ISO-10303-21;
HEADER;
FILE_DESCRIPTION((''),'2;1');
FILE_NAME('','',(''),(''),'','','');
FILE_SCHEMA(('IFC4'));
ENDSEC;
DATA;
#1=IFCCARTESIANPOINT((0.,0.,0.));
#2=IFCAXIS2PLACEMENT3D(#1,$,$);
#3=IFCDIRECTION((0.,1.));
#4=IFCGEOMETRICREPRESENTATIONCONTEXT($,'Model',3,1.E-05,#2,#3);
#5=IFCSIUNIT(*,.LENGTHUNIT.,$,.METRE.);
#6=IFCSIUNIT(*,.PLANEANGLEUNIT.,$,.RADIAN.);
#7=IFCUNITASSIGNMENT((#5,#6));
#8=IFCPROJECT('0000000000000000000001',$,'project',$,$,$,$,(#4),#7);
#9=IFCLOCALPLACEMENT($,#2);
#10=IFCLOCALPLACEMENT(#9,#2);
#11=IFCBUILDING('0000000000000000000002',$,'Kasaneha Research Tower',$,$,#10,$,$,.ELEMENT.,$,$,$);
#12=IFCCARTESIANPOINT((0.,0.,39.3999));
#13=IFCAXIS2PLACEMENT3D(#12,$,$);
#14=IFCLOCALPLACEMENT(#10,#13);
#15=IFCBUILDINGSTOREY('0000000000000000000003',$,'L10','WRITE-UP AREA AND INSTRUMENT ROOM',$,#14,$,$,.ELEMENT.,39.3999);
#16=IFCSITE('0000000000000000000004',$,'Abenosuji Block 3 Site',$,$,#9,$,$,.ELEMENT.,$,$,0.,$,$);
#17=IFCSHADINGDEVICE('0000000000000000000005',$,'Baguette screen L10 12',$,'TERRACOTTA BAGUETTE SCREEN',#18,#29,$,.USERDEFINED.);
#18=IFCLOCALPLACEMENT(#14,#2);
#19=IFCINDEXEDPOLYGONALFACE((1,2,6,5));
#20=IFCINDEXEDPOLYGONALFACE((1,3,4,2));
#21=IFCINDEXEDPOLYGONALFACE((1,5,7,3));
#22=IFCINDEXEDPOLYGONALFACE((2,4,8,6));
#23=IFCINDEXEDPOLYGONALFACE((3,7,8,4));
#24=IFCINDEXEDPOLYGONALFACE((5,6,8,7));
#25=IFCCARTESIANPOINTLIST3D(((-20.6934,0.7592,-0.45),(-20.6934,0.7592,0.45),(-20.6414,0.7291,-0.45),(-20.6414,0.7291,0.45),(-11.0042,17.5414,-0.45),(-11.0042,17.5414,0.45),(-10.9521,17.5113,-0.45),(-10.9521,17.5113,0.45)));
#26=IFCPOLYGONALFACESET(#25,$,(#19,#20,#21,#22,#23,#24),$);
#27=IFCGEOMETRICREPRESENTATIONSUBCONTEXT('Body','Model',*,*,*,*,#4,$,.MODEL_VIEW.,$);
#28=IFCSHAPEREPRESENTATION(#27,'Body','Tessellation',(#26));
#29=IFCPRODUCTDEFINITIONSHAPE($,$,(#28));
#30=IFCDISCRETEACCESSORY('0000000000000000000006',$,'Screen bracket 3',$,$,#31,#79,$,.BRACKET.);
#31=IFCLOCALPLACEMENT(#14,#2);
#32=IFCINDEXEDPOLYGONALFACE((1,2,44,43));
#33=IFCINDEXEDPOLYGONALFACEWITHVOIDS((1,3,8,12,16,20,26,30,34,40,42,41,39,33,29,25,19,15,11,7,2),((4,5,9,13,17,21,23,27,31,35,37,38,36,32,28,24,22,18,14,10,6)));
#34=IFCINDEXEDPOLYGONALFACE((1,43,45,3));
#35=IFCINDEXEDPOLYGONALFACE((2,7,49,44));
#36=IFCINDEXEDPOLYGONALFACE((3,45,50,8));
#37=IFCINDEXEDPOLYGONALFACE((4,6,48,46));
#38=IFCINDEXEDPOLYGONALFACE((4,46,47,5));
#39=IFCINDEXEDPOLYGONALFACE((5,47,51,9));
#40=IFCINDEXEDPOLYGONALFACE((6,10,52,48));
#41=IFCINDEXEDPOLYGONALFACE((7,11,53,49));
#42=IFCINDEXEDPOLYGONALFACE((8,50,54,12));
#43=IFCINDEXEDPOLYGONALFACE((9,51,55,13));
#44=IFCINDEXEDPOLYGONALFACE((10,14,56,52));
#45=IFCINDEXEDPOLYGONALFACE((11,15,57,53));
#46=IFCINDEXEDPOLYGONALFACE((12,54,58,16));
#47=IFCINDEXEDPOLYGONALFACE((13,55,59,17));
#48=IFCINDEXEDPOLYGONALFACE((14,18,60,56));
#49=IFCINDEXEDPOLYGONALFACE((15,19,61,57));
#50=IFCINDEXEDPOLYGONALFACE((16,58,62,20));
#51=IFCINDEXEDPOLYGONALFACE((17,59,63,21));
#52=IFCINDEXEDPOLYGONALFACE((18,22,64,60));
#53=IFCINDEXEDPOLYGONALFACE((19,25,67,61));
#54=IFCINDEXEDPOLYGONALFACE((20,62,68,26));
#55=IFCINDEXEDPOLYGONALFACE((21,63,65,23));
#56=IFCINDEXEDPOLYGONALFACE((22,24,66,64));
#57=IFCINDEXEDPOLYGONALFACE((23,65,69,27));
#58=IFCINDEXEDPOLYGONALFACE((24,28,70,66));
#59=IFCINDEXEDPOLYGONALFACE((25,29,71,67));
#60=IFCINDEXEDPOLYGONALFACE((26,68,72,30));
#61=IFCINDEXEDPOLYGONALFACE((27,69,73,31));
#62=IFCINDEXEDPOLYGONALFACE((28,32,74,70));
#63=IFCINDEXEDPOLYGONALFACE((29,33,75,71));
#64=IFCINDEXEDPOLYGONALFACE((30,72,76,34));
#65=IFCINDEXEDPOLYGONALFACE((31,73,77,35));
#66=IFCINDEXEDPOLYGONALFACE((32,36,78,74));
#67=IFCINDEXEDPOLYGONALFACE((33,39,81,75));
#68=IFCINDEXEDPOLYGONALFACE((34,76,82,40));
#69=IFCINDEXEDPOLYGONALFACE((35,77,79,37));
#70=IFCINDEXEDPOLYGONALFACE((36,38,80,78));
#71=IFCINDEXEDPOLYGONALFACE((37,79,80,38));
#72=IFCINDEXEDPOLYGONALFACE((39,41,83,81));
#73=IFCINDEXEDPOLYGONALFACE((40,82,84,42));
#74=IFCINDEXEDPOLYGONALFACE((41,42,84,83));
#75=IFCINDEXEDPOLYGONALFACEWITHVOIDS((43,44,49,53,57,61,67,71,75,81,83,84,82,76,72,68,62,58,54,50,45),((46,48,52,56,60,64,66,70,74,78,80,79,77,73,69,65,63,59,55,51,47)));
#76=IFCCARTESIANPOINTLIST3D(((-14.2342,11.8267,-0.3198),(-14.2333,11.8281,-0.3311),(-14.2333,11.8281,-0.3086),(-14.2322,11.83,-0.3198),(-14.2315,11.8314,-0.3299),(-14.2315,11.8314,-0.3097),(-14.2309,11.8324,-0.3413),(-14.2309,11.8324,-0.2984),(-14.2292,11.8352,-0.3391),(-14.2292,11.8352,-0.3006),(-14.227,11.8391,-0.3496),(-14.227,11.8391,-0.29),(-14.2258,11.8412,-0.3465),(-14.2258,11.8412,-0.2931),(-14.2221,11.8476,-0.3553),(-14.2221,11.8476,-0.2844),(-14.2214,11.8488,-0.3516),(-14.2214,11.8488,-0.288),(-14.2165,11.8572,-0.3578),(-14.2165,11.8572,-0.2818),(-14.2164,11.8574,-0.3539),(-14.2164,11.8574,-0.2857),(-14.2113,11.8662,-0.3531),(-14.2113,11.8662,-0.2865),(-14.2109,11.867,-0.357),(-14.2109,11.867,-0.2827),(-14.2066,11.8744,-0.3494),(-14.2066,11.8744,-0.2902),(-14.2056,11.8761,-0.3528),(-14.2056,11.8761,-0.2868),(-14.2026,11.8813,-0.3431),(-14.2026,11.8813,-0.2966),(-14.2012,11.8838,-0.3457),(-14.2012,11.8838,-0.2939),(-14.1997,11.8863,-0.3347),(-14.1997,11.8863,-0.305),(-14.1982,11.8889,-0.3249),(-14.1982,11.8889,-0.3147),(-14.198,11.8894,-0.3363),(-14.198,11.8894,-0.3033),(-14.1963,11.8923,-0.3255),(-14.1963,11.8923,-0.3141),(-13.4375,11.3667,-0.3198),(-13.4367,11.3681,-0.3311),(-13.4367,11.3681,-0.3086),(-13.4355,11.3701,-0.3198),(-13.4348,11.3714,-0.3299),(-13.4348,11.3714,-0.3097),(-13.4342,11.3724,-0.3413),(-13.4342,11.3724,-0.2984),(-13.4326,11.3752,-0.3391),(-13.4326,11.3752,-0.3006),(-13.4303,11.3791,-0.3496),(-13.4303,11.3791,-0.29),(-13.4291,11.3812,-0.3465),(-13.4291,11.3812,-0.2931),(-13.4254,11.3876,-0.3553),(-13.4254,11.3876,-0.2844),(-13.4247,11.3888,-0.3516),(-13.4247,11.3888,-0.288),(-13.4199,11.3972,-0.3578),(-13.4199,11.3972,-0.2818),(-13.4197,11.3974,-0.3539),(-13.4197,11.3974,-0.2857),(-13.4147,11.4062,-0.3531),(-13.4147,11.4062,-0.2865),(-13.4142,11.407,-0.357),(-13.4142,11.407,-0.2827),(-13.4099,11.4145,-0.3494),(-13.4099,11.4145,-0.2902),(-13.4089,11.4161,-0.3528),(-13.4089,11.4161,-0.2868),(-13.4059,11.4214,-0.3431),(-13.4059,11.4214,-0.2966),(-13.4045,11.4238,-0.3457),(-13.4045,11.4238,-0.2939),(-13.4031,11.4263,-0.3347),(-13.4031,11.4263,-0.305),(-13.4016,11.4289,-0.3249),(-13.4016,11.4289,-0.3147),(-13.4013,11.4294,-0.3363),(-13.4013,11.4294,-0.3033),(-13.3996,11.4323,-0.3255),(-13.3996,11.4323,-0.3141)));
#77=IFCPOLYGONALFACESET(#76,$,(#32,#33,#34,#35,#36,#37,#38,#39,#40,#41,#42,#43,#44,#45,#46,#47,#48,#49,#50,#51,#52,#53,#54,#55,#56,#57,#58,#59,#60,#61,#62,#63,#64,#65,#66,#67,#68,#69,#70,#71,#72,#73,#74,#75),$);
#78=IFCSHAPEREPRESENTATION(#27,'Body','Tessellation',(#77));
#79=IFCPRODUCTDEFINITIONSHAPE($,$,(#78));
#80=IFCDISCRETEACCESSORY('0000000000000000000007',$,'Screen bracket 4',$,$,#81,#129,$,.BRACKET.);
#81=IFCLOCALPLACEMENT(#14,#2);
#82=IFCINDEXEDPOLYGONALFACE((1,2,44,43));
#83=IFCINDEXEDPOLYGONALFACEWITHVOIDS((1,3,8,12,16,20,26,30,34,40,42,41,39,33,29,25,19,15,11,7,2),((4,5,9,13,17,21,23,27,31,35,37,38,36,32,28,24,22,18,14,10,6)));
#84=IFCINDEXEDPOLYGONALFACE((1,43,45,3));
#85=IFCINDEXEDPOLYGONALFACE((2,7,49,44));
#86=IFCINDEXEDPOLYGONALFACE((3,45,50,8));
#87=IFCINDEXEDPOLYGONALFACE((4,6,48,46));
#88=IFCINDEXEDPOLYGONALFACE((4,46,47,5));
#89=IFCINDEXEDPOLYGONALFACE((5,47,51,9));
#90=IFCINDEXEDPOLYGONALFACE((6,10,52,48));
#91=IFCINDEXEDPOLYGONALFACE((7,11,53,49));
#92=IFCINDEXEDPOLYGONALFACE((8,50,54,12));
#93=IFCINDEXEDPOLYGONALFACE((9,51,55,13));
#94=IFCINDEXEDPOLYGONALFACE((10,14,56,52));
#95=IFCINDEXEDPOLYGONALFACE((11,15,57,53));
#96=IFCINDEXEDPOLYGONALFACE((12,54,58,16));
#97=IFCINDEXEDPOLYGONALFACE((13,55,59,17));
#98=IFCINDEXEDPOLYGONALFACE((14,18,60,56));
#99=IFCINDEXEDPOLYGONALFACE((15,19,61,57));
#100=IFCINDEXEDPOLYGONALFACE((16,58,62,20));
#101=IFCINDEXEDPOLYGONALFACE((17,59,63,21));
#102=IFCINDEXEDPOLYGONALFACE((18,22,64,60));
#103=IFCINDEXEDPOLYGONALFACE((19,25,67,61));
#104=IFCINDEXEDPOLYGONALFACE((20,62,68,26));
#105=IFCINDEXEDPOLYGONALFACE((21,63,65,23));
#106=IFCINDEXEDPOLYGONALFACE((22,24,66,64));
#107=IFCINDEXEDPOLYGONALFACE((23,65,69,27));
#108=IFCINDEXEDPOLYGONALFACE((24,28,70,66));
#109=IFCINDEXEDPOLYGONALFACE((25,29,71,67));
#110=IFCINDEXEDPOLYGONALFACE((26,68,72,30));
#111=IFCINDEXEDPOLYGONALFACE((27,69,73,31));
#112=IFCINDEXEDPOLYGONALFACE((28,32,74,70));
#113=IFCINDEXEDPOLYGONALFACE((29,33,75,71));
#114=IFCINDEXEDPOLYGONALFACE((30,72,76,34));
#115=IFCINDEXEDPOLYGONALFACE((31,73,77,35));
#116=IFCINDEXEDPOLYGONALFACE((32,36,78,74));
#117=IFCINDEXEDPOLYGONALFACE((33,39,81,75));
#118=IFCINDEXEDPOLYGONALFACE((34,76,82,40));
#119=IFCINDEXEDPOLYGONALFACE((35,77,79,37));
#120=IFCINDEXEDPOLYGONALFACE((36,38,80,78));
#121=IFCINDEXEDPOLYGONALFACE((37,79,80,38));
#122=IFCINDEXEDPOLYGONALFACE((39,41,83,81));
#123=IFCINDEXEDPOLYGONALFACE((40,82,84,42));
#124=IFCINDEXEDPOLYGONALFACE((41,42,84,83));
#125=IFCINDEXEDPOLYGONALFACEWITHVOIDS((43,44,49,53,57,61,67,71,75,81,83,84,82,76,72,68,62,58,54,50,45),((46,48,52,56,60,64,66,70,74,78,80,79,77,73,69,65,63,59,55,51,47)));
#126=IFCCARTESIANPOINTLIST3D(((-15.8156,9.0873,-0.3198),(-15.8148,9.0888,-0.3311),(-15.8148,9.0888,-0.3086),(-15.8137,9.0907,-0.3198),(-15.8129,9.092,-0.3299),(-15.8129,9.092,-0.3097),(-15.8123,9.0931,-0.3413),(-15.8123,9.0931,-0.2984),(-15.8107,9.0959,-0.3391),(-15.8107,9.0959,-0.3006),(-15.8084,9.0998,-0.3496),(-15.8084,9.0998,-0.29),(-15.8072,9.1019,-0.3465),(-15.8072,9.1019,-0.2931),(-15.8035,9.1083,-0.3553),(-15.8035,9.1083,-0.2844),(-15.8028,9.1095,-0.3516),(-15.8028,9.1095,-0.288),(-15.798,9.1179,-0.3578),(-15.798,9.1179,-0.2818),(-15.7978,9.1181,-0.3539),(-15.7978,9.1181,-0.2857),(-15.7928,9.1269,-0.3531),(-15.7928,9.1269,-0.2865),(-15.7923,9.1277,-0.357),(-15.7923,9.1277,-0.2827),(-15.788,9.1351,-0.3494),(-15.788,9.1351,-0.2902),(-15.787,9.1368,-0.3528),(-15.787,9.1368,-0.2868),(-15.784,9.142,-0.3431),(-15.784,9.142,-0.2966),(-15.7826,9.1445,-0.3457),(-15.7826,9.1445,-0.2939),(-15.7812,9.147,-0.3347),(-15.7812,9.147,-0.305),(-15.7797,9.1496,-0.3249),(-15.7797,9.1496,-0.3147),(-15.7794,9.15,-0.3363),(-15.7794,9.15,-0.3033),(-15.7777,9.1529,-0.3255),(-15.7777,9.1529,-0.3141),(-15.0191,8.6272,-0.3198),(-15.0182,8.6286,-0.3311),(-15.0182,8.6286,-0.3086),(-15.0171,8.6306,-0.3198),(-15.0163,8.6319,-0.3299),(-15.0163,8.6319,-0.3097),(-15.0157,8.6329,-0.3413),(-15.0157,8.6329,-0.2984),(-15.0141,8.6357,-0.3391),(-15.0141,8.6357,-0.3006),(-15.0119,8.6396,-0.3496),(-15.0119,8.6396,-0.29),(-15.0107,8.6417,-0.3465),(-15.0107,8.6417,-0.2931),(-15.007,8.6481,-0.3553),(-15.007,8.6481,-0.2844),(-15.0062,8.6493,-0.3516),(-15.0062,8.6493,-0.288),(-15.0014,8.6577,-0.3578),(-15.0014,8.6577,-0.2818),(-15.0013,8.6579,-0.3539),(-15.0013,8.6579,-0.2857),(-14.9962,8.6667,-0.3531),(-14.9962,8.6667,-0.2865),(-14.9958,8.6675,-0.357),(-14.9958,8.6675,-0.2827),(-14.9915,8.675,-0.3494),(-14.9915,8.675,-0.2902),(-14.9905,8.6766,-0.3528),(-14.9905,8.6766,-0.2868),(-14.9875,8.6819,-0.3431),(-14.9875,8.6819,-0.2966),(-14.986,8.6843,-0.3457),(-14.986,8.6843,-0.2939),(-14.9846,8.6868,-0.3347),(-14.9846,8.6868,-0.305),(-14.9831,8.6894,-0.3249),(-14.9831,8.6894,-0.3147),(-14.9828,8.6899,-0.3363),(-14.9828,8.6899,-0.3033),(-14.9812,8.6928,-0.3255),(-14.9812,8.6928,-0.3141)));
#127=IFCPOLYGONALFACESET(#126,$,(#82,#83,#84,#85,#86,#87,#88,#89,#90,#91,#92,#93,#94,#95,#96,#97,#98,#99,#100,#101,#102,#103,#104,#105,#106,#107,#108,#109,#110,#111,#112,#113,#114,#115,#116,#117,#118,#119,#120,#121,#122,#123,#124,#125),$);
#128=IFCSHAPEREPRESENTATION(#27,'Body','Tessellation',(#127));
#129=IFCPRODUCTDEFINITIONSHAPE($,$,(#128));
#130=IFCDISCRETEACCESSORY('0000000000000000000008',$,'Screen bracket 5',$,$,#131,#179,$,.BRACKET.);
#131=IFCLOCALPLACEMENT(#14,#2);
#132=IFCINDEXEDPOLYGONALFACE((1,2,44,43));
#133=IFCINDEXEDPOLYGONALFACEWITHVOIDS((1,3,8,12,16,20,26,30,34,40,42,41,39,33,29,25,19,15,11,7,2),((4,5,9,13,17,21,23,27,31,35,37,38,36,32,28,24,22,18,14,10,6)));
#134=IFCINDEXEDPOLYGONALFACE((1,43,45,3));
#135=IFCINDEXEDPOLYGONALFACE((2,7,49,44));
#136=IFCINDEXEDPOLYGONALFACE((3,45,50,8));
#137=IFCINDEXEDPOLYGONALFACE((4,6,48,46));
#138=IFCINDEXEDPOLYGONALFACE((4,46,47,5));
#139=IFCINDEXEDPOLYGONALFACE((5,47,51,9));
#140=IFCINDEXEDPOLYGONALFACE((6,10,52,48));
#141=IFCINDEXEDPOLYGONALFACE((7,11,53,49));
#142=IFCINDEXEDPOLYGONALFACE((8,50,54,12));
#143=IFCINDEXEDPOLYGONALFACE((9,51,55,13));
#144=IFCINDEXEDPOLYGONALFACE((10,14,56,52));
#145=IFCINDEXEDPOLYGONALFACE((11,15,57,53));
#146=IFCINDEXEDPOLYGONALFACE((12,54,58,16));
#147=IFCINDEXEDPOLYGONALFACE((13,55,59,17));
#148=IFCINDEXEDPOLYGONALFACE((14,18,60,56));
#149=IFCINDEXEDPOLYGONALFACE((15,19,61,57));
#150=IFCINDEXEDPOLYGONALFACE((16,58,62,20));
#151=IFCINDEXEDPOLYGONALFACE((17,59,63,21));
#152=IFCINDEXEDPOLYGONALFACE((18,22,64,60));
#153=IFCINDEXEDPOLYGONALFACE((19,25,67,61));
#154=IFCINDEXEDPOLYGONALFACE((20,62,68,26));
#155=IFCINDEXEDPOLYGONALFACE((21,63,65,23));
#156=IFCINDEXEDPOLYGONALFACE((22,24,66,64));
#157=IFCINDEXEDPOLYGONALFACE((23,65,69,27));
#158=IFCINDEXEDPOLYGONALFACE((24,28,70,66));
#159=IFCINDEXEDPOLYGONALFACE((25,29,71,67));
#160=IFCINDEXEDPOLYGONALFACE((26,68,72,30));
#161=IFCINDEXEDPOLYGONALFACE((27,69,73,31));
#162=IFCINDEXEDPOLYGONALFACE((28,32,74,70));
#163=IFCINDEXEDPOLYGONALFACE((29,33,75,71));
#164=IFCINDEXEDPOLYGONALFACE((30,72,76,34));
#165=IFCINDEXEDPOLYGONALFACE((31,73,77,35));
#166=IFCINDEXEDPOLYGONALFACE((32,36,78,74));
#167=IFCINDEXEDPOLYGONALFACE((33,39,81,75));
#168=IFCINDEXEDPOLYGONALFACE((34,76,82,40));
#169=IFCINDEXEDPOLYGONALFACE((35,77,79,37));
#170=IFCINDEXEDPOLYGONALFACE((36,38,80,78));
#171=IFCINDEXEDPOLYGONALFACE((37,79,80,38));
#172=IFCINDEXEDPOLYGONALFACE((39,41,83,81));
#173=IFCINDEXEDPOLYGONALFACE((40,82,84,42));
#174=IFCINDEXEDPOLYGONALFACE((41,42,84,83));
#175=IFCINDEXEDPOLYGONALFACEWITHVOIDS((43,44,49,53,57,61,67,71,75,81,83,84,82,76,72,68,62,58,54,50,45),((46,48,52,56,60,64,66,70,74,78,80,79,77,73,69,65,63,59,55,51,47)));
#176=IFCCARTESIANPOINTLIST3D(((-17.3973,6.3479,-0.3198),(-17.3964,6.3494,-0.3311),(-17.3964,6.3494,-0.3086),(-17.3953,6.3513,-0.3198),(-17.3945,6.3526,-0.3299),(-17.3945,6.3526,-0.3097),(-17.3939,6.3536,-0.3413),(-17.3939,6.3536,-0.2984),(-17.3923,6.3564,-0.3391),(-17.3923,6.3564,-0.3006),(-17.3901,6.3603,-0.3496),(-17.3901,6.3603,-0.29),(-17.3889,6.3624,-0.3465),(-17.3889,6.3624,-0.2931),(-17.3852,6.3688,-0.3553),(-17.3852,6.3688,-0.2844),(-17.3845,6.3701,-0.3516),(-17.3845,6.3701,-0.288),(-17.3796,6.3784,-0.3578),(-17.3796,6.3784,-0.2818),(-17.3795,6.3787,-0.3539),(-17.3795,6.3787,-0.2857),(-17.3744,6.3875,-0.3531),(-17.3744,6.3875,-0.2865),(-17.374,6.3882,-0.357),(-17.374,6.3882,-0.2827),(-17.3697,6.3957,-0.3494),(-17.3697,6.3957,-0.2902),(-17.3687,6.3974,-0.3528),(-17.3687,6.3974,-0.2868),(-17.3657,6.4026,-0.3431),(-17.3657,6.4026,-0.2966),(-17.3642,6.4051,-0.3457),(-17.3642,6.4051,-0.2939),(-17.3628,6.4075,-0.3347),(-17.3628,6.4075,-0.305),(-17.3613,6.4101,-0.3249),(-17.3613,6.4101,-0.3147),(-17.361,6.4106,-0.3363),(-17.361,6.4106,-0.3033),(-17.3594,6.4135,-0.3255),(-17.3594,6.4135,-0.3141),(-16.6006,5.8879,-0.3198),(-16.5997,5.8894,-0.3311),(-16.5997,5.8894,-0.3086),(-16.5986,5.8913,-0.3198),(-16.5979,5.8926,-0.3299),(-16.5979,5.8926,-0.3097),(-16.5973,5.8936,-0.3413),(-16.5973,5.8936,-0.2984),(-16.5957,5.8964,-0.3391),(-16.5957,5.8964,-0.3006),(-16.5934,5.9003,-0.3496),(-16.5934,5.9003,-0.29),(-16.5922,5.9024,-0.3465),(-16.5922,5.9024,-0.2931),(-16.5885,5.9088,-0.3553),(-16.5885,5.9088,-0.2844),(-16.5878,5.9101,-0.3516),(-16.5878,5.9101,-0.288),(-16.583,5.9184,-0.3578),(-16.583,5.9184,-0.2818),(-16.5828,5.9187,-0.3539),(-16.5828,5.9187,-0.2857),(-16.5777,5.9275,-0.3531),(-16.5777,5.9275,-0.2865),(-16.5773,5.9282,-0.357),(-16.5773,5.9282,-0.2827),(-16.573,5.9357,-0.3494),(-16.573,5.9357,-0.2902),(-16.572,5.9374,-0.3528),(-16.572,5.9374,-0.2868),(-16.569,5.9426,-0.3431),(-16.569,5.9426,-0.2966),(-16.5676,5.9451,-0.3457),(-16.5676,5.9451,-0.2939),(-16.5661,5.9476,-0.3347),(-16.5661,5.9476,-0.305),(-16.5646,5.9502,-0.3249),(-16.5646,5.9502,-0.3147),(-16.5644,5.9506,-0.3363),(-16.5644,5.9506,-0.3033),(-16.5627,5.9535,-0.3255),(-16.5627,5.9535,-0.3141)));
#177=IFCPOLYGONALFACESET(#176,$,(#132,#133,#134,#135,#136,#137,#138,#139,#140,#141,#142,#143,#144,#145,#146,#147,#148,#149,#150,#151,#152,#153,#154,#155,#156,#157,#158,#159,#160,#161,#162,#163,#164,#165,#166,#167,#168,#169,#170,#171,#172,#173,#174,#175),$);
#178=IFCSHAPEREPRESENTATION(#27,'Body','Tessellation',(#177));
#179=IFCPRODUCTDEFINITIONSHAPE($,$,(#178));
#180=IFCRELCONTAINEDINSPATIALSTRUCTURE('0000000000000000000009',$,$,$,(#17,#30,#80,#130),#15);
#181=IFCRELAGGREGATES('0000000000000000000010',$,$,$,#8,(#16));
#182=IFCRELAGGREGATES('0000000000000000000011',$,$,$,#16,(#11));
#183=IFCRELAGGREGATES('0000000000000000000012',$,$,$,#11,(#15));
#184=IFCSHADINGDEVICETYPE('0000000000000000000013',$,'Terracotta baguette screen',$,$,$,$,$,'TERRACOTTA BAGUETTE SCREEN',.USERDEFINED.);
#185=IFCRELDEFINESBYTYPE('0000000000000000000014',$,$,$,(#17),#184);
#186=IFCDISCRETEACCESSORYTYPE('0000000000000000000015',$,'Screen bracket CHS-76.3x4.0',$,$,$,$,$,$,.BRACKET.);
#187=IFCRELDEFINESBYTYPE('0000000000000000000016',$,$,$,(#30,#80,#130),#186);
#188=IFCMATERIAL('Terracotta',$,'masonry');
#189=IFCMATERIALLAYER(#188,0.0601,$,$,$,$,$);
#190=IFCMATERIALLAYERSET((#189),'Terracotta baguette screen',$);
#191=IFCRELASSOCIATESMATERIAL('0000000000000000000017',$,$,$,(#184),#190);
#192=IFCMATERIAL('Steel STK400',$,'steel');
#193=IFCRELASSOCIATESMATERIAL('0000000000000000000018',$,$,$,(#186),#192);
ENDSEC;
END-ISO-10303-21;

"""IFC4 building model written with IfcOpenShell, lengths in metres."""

from ifc_helpers import new_model, si_unit, direction, frame, origin, origin_2d, place, context, subcontext, project, spatial, rectangle, hollow_circle, extrude, material, layer, layer_set, material_profile, profile_set, type_object, element, save


model = new_model("IFC4")

# Units and contexts
model_context = context("Model", 3, precision=1e-05, world=origin(), true_north=direction((0.0, 1.0)))
body_context = subcontext(model_context, "Body", "Model", "MODEL_VIEW")
ifc_project = project(units=[si_unit("LENGTHUNIT", "METRE"), si_unit("PLANEANGLEUNIT", "RADIAN")], contexts=[model_context])

# Site, building, storey
site_placement = place(None, origin())
site = spatial("IfcSite", under=ifc_project, at=site_placement, Name="Abenosuji Block 3 Site", CompositionType="ELEMENT", RefElevation=0.0)
building_placement = place(site_placement, origin())
building = spatial("IfcBuilding", under=site, at=building_placement, Name="Kasaneha Research Tower", CompositionType="ELEMENT")
storey_placement = place(building_placement, frame((0.0, 0.0, 39.3999)))
storey = spatial("IfcBuildingStorey", under=building, at=storey_placement, Name="L10", Description="WRITE-UP AREA AND INSTRUMENT ROOM", CompositionType="ELEMENT", Elevation=39.3999)

# Shading device
ifc_material_1 = material(Name="Terracotta", Category="masonry")
ifc_layer_1 = layer(ifc_material_1, 0.0601)
ifc_layer_set_1 = layer_set([ifc_layer_1], Name="Terracotta baguette screen")
shading_device_type = type_object("IfcShadingDeviceType", Name="Terracotta baguette screen", ElementType="TERRACOTTA BAGUETTE SCREEN", PredefinedType="USERDEFINED", material=ifc_layer_set_1)
shading_device_placement = place(storey_placement, frame((-15.8228, 9.1353, -0.45), z_axis=(0.0, 0.0, 1.0), x_axis=(-0.5, -0.866025, 0.0)))
element("IfcShadingDevice", 1, at=shading_device_placement, inside=storey, type_object=shading_device_type, Name="Baguette screen L10 12", ObjectType="TERRACOTTA BAGUETTE SCREEN", PredefinedType="USERDEFINED", context=body_context, shape_type="SweptSolid", body=[
    extrude(rectangle(XDim=19.3784, YDim=0.0601, at=origin_2d()), origin(), (0.0, 0.0, 1.0), 0.8999),
])

# Discrete accessories
ifc_material_2 = material(Name="Steel STK400", Category="steel")
ifc_material_profile_1 = material_profile(ifc_material_2, hollow_circle(Radius=0.0381, WallThickness=0.0039, at=origin_2d()), Name="CHS-76.3x4.0")
ifc_profile_set_1 = profile_set([ifc_material_profile_1], Name="Steel STK400")
discrete_accessory_type = type_object("IfcDiscreteAccessoryType", Name="Screen bracket CHS-76.3x4.0", PredefinedType="BRACKET", material=ifc_profile_set_1)
for number, where, z_axis, x_axis, name in (
    (2, (-13.4185, 11.3997, -0.3198), (-0.866013, 0.500021, 0.0), (-0.500021, -0.866013, 0.0), "Screen bracket 3"),
    (3, (-15.0, 8.6602, -0.3198), (-0.865898, 0.50022, 0.0), (-0.50022, -0.865898, 0.0), "Screen bracket 4"),
    (4, (-16.5815, 5.9209, -0.3198), (-0.866013, 0.500021, 0.0), (-0.500021, -0.866013, 0.0), "Screen bracket 5"),
):
    element("IfcDiscreteAccessory", number, at=place(storey_placement, frame(where, z_axis=z_axis, x_axis=x_axis)), inside=storey, type_object=discrete_accessory_type, Name=name, PredefinedType="BRACKET", context=body_context, shape_type="SweptSolid", body=[
        extrude(hollow_circle(Radius=0.0381, WallThickness=0.0039, at=origin_2d()), origin(), (0.0, 0.0, 1.0), 0.9199),
    ])

save(model, "model.ifc")
